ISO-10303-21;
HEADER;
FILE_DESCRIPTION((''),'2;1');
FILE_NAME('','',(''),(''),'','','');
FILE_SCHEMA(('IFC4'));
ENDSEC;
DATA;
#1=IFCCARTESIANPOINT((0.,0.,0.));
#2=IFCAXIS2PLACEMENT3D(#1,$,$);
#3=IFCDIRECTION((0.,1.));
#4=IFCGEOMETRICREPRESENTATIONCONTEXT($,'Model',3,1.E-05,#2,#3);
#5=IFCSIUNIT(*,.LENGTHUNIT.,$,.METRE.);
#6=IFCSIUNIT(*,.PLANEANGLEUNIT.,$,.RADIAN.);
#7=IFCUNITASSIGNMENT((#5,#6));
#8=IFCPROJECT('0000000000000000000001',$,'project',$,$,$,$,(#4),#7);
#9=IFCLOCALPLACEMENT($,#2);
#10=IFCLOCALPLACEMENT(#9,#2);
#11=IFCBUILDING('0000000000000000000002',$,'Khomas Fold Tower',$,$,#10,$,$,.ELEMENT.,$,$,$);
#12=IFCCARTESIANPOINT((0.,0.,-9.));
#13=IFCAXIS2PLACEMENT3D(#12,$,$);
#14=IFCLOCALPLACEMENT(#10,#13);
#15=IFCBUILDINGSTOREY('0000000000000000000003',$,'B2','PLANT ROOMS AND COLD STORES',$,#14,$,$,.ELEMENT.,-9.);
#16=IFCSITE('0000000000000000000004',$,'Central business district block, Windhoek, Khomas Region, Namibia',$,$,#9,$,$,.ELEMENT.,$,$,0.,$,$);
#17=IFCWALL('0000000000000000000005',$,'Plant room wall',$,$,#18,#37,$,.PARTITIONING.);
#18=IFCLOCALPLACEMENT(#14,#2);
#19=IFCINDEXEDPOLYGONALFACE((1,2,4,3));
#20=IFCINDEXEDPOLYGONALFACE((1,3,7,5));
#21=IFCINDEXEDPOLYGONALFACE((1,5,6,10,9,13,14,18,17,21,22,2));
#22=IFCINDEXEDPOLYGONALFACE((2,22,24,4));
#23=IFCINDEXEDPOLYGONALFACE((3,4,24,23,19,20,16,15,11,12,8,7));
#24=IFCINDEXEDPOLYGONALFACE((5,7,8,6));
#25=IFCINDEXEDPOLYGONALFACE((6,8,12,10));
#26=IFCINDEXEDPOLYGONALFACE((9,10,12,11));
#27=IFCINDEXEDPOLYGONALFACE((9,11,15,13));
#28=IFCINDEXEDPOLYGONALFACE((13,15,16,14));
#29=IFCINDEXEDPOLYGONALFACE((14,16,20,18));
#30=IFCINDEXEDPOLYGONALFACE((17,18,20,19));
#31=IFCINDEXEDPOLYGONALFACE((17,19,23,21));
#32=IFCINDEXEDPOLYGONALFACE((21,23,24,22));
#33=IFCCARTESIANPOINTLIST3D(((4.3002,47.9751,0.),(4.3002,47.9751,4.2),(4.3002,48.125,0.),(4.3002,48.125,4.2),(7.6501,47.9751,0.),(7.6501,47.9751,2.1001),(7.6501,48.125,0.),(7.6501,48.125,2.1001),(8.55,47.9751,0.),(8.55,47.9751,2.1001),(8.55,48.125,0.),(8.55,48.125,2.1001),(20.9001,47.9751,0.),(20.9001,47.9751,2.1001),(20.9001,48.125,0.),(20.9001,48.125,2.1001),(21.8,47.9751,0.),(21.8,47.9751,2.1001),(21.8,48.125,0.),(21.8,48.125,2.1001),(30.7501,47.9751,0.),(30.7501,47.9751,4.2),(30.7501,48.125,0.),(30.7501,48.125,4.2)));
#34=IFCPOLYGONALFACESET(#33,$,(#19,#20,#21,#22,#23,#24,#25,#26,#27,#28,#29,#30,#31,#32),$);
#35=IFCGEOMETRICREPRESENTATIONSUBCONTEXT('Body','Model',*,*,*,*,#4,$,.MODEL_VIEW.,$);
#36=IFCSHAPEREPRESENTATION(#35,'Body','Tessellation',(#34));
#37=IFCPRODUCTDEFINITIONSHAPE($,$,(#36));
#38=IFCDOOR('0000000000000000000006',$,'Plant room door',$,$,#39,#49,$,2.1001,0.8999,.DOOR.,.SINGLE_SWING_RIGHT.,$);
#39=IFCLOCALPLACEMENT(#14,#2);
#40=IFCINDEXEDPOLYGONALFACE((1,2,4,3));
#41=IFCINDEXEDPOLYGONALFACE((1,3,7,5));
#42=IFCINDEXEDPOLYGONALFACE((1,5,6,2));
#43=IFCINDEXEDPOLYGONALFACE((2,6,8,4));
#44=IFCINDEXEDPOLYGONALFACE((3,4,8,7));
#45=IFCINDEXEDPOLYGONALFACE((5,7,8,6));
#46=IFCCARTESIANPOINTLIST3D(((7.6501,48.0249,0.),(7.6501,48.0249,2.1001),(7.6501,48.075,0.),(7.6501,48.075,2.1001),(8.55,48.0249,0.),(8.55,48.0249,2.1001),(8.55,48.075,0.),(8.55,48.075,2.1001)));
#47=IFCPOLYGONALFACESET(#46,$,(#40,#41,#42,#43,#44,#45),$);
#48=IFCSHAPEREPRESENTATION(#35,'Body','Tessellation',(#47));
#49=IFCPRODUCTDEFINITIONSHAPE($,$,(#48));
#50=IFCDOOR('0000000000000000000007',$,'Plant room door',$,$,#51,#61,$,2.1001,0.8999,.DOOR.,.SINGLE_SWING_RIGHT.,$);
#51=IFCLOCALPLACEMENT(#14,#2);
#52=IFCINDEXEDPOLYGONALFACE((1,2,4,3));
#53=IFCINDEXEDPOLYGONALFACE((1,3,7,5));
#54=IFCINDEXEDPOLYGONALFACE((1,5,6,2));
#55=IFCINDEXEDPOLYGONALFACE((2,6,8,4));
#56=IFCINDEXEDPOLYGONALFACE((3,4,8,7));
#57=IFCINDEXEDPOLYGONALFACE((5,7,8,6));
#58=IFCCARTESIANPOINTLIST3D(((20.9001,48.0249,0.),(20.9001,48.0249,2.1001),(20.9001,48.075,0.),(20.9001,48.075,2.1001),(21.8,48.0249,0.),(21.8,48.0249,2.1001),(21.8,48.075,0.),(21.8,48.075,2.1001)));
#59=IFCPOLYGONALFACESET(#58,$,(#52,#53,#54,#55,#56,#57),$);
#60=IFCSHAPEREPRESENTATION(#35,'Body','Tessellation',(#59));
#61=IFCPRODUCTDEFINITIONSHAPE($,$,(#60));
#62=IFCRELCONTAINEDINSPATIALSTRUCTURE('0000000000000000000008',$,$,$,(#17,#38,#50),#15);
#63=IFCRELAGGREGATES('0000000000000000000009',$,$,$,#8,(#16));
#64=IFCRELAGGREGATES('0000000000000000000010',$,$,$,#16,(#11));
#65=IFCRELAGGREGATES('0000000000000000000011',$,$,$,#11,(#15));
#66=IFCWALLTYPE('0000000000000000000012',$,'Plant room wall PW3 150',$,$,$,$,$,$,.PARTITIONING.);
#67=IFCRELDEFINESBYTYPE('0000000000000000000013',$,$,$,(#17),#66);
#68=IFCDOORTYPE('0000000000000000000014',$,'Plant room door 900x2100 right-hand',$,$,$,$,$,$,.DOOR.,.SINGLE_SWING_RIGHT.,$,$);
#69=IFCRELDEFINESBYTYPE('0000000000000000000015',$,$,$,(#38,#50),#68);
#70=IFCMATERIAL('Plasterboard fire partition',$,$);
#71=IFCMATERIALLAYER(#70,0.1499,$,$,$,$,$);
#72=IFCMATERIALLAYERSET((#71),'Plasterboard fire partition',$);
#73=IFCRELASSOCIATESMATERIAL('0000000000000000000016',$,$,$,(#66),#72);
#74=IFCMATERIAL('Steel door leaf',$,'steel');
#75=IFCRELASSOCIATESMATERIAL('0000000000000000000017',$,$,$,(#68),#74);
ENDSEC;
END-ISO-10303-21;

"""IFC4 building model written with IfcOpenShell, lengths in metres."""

from ifc_helpers import new_model, si_unit, direction, frame, frame_2d, origin, place, context, subcontext, project, spatial, rectangle, extrude, source, transform, mapped, material, layer, layer_set, type_object, element, fill, save


model = new_model("IFC4")

# Units and contexts
model_context = context("Model", 3, precision=1e-05, world=origin(), true_north=direction((0.0, 1.0)))
body_context = subcontext(model_context, "Body", "Model", "MODEL_VIEW")
ifc_project = project(units=[si_unit("LENGTHUNIT", "METRE"), si_unit("PLANEANGLEUNIT", "RADIAN")], contexts=[model_context])

# Site, building, storey
site_placement = place(None, origin())
site = spatial("IfcSite", under=ifc_project, at=site_placement, Name="Central business district block, Windhoek, Khomas Region, Namibia", CompositionType="ELEMENT", RefElevation=0.0)
building_placement = place(site_placement, origin())
building = spatial("IfcBuilding", under=site, at=building_placement, Name="Khomas Fold Tower", CompositionType="ELEMENT")
storey_placement = place(building_placement, frame((0.0, 0.0, -9.0)))
storey = spatial("IfcBuildingStorey", under=building, at=storey_placement, Name="B2", Description="PLANT ROOMS AND COLD STORES", CompositionType="ELEMENT", Elevation=-9.0)

# Shared definitions
shared_shape_1 = source(origin(), body_context, "Body", "SweptSolid", [
    extrude(rectangle(XDim=0.8999, YDim=2.1001, at=frame_2d((0.45, 1.05))), frame((0.0, 0.0249, 0.0), z_axis=(0.0, -1.0, 0.0), x_axis=(1.0, 0.0, 0.0)), (0.0, 0.0, 1.0), 0.05),
])

# Wall, openings, doors
ifc_material_1 = material(Name="Plasterboard fire partition")
ifc_layer_1 = layer(ifc_material_1, 0.1499)
ifc_layer_set_1 = layer_set([ifc_layer_1], Name="Plasterboard fire partition")
wall_type_1 = type_object("IfcWallType", Name="Plant room wall PW3 150", PredefinedType="PARTITIONING", material=ifc_layer_set_1)
shared_shape_2 = source(origin(), body_context, "Body", "SweptSolid", [
    extrude(rectangle(XDim=26.45, YDim=0.1499, at=frame_2d((13.2251, 0.0))), origin(), (0.0, 0.0, 1.0), 4.2),
])
wall_1_placement = place(storey_placement, frame((4.3, 48.05, 0.0), z_axis=(0.0, 0.0, 1.0), x_axis=(1.0, 0.0, 0.0)))
wall_1 = element("IfcWall", 1, at=wall_1_placement, inside=storey, type_object=wall_type_1, Name="Plant room wall", PredefinedType="PARTITIONING", context=body_context, shape_type="MappedRepresentation", body=[
    mapped(shared_shape_2, transform((0.0, 0.0, 0.0))),
])
shared_shape_3 = source(origin(), body_context, "Body", "SweptSolid", [
    extrude(rectangle(XDim=0.8999, YDim=2.1001, at=frame_2d((0.45, 1.05))), frame((0.0, 0.085, 0.0), z_axis=(0.0, -1.0, 0.0), x_axis=(1.0, 0.0, 0.0)), (0.0, 0.0, 1.0), 0.1699),
])
opening_1_placement = place(wall_1_placement, frame((3.3501, 0.0, 0.0)))
opening_1 = element("IfcOpeningElement", 2, at=opening_1_placement, cuts=wall_1, PredefinedType="OPENING", context=body_context, shape_type="MappedRepresentation", body=[
    mapped(shared_shape_3, transform((0.0, 0.0, 0.0))),
])
opening_2_placement = place(wall_1_placement, frame((16.6001, 0.0, 0.0)))
opening_2 = element("IfcOpeningElement", 3, at=opening_2_placement, cuts=wall_1, PredefinedType="OPENING", context=body_context, shape_type="MappedRepresentation", body=[
    mapped(shared_shape_3, transform((0.0, 0.0, 0.0))),
])
ifc_material_2 = material(Name="Steel door leaf", Category="steel")
door_type_1 = type_object("IfcDoorType", Name="Plant room door 900x2100 right-hand", OperationType="SINGLE_SWING_RIGHT", PredefinedType="DOOR", material=ifc_material_2)
door_1_placement = place(opening_1_placement, origin())
door_1 = element("IfcDoor", 4, at=door_1_placement, inside=storey, type_object=door_type_1, Name="Plant room door", OperationType="SINGLE_SWING_RIGHT", OverallHeight=2.1001, OverallWidth=0.8999, PredefinedType="DOOR", context=body_context, shape_type="MappedRepresentation", body=[
    mapped(shared_shape_1, transform((0.0, 0.0, 0.0))),
])
fill(opening_1, door_1)
door_2_placement = place(opening_2_placement, origin())
door_2 = element("IfcDoor", 5, at=door_2_placement, inside=storey, type_object=door_type_1, Name="Plant room door", OperationType="SINGLE_SWING_RIGHT", OverallHeight=2.1001, OverallWidth=0.8999, PredefinedType="DOOR", context=body_context, shape_type="MappedRepresentation", body=[
    mapped(shared_shape_1, transform((0.0, 0.0, 0.0))),
])
fill(opening_2, door_2)

save(model, "model.ifc")
